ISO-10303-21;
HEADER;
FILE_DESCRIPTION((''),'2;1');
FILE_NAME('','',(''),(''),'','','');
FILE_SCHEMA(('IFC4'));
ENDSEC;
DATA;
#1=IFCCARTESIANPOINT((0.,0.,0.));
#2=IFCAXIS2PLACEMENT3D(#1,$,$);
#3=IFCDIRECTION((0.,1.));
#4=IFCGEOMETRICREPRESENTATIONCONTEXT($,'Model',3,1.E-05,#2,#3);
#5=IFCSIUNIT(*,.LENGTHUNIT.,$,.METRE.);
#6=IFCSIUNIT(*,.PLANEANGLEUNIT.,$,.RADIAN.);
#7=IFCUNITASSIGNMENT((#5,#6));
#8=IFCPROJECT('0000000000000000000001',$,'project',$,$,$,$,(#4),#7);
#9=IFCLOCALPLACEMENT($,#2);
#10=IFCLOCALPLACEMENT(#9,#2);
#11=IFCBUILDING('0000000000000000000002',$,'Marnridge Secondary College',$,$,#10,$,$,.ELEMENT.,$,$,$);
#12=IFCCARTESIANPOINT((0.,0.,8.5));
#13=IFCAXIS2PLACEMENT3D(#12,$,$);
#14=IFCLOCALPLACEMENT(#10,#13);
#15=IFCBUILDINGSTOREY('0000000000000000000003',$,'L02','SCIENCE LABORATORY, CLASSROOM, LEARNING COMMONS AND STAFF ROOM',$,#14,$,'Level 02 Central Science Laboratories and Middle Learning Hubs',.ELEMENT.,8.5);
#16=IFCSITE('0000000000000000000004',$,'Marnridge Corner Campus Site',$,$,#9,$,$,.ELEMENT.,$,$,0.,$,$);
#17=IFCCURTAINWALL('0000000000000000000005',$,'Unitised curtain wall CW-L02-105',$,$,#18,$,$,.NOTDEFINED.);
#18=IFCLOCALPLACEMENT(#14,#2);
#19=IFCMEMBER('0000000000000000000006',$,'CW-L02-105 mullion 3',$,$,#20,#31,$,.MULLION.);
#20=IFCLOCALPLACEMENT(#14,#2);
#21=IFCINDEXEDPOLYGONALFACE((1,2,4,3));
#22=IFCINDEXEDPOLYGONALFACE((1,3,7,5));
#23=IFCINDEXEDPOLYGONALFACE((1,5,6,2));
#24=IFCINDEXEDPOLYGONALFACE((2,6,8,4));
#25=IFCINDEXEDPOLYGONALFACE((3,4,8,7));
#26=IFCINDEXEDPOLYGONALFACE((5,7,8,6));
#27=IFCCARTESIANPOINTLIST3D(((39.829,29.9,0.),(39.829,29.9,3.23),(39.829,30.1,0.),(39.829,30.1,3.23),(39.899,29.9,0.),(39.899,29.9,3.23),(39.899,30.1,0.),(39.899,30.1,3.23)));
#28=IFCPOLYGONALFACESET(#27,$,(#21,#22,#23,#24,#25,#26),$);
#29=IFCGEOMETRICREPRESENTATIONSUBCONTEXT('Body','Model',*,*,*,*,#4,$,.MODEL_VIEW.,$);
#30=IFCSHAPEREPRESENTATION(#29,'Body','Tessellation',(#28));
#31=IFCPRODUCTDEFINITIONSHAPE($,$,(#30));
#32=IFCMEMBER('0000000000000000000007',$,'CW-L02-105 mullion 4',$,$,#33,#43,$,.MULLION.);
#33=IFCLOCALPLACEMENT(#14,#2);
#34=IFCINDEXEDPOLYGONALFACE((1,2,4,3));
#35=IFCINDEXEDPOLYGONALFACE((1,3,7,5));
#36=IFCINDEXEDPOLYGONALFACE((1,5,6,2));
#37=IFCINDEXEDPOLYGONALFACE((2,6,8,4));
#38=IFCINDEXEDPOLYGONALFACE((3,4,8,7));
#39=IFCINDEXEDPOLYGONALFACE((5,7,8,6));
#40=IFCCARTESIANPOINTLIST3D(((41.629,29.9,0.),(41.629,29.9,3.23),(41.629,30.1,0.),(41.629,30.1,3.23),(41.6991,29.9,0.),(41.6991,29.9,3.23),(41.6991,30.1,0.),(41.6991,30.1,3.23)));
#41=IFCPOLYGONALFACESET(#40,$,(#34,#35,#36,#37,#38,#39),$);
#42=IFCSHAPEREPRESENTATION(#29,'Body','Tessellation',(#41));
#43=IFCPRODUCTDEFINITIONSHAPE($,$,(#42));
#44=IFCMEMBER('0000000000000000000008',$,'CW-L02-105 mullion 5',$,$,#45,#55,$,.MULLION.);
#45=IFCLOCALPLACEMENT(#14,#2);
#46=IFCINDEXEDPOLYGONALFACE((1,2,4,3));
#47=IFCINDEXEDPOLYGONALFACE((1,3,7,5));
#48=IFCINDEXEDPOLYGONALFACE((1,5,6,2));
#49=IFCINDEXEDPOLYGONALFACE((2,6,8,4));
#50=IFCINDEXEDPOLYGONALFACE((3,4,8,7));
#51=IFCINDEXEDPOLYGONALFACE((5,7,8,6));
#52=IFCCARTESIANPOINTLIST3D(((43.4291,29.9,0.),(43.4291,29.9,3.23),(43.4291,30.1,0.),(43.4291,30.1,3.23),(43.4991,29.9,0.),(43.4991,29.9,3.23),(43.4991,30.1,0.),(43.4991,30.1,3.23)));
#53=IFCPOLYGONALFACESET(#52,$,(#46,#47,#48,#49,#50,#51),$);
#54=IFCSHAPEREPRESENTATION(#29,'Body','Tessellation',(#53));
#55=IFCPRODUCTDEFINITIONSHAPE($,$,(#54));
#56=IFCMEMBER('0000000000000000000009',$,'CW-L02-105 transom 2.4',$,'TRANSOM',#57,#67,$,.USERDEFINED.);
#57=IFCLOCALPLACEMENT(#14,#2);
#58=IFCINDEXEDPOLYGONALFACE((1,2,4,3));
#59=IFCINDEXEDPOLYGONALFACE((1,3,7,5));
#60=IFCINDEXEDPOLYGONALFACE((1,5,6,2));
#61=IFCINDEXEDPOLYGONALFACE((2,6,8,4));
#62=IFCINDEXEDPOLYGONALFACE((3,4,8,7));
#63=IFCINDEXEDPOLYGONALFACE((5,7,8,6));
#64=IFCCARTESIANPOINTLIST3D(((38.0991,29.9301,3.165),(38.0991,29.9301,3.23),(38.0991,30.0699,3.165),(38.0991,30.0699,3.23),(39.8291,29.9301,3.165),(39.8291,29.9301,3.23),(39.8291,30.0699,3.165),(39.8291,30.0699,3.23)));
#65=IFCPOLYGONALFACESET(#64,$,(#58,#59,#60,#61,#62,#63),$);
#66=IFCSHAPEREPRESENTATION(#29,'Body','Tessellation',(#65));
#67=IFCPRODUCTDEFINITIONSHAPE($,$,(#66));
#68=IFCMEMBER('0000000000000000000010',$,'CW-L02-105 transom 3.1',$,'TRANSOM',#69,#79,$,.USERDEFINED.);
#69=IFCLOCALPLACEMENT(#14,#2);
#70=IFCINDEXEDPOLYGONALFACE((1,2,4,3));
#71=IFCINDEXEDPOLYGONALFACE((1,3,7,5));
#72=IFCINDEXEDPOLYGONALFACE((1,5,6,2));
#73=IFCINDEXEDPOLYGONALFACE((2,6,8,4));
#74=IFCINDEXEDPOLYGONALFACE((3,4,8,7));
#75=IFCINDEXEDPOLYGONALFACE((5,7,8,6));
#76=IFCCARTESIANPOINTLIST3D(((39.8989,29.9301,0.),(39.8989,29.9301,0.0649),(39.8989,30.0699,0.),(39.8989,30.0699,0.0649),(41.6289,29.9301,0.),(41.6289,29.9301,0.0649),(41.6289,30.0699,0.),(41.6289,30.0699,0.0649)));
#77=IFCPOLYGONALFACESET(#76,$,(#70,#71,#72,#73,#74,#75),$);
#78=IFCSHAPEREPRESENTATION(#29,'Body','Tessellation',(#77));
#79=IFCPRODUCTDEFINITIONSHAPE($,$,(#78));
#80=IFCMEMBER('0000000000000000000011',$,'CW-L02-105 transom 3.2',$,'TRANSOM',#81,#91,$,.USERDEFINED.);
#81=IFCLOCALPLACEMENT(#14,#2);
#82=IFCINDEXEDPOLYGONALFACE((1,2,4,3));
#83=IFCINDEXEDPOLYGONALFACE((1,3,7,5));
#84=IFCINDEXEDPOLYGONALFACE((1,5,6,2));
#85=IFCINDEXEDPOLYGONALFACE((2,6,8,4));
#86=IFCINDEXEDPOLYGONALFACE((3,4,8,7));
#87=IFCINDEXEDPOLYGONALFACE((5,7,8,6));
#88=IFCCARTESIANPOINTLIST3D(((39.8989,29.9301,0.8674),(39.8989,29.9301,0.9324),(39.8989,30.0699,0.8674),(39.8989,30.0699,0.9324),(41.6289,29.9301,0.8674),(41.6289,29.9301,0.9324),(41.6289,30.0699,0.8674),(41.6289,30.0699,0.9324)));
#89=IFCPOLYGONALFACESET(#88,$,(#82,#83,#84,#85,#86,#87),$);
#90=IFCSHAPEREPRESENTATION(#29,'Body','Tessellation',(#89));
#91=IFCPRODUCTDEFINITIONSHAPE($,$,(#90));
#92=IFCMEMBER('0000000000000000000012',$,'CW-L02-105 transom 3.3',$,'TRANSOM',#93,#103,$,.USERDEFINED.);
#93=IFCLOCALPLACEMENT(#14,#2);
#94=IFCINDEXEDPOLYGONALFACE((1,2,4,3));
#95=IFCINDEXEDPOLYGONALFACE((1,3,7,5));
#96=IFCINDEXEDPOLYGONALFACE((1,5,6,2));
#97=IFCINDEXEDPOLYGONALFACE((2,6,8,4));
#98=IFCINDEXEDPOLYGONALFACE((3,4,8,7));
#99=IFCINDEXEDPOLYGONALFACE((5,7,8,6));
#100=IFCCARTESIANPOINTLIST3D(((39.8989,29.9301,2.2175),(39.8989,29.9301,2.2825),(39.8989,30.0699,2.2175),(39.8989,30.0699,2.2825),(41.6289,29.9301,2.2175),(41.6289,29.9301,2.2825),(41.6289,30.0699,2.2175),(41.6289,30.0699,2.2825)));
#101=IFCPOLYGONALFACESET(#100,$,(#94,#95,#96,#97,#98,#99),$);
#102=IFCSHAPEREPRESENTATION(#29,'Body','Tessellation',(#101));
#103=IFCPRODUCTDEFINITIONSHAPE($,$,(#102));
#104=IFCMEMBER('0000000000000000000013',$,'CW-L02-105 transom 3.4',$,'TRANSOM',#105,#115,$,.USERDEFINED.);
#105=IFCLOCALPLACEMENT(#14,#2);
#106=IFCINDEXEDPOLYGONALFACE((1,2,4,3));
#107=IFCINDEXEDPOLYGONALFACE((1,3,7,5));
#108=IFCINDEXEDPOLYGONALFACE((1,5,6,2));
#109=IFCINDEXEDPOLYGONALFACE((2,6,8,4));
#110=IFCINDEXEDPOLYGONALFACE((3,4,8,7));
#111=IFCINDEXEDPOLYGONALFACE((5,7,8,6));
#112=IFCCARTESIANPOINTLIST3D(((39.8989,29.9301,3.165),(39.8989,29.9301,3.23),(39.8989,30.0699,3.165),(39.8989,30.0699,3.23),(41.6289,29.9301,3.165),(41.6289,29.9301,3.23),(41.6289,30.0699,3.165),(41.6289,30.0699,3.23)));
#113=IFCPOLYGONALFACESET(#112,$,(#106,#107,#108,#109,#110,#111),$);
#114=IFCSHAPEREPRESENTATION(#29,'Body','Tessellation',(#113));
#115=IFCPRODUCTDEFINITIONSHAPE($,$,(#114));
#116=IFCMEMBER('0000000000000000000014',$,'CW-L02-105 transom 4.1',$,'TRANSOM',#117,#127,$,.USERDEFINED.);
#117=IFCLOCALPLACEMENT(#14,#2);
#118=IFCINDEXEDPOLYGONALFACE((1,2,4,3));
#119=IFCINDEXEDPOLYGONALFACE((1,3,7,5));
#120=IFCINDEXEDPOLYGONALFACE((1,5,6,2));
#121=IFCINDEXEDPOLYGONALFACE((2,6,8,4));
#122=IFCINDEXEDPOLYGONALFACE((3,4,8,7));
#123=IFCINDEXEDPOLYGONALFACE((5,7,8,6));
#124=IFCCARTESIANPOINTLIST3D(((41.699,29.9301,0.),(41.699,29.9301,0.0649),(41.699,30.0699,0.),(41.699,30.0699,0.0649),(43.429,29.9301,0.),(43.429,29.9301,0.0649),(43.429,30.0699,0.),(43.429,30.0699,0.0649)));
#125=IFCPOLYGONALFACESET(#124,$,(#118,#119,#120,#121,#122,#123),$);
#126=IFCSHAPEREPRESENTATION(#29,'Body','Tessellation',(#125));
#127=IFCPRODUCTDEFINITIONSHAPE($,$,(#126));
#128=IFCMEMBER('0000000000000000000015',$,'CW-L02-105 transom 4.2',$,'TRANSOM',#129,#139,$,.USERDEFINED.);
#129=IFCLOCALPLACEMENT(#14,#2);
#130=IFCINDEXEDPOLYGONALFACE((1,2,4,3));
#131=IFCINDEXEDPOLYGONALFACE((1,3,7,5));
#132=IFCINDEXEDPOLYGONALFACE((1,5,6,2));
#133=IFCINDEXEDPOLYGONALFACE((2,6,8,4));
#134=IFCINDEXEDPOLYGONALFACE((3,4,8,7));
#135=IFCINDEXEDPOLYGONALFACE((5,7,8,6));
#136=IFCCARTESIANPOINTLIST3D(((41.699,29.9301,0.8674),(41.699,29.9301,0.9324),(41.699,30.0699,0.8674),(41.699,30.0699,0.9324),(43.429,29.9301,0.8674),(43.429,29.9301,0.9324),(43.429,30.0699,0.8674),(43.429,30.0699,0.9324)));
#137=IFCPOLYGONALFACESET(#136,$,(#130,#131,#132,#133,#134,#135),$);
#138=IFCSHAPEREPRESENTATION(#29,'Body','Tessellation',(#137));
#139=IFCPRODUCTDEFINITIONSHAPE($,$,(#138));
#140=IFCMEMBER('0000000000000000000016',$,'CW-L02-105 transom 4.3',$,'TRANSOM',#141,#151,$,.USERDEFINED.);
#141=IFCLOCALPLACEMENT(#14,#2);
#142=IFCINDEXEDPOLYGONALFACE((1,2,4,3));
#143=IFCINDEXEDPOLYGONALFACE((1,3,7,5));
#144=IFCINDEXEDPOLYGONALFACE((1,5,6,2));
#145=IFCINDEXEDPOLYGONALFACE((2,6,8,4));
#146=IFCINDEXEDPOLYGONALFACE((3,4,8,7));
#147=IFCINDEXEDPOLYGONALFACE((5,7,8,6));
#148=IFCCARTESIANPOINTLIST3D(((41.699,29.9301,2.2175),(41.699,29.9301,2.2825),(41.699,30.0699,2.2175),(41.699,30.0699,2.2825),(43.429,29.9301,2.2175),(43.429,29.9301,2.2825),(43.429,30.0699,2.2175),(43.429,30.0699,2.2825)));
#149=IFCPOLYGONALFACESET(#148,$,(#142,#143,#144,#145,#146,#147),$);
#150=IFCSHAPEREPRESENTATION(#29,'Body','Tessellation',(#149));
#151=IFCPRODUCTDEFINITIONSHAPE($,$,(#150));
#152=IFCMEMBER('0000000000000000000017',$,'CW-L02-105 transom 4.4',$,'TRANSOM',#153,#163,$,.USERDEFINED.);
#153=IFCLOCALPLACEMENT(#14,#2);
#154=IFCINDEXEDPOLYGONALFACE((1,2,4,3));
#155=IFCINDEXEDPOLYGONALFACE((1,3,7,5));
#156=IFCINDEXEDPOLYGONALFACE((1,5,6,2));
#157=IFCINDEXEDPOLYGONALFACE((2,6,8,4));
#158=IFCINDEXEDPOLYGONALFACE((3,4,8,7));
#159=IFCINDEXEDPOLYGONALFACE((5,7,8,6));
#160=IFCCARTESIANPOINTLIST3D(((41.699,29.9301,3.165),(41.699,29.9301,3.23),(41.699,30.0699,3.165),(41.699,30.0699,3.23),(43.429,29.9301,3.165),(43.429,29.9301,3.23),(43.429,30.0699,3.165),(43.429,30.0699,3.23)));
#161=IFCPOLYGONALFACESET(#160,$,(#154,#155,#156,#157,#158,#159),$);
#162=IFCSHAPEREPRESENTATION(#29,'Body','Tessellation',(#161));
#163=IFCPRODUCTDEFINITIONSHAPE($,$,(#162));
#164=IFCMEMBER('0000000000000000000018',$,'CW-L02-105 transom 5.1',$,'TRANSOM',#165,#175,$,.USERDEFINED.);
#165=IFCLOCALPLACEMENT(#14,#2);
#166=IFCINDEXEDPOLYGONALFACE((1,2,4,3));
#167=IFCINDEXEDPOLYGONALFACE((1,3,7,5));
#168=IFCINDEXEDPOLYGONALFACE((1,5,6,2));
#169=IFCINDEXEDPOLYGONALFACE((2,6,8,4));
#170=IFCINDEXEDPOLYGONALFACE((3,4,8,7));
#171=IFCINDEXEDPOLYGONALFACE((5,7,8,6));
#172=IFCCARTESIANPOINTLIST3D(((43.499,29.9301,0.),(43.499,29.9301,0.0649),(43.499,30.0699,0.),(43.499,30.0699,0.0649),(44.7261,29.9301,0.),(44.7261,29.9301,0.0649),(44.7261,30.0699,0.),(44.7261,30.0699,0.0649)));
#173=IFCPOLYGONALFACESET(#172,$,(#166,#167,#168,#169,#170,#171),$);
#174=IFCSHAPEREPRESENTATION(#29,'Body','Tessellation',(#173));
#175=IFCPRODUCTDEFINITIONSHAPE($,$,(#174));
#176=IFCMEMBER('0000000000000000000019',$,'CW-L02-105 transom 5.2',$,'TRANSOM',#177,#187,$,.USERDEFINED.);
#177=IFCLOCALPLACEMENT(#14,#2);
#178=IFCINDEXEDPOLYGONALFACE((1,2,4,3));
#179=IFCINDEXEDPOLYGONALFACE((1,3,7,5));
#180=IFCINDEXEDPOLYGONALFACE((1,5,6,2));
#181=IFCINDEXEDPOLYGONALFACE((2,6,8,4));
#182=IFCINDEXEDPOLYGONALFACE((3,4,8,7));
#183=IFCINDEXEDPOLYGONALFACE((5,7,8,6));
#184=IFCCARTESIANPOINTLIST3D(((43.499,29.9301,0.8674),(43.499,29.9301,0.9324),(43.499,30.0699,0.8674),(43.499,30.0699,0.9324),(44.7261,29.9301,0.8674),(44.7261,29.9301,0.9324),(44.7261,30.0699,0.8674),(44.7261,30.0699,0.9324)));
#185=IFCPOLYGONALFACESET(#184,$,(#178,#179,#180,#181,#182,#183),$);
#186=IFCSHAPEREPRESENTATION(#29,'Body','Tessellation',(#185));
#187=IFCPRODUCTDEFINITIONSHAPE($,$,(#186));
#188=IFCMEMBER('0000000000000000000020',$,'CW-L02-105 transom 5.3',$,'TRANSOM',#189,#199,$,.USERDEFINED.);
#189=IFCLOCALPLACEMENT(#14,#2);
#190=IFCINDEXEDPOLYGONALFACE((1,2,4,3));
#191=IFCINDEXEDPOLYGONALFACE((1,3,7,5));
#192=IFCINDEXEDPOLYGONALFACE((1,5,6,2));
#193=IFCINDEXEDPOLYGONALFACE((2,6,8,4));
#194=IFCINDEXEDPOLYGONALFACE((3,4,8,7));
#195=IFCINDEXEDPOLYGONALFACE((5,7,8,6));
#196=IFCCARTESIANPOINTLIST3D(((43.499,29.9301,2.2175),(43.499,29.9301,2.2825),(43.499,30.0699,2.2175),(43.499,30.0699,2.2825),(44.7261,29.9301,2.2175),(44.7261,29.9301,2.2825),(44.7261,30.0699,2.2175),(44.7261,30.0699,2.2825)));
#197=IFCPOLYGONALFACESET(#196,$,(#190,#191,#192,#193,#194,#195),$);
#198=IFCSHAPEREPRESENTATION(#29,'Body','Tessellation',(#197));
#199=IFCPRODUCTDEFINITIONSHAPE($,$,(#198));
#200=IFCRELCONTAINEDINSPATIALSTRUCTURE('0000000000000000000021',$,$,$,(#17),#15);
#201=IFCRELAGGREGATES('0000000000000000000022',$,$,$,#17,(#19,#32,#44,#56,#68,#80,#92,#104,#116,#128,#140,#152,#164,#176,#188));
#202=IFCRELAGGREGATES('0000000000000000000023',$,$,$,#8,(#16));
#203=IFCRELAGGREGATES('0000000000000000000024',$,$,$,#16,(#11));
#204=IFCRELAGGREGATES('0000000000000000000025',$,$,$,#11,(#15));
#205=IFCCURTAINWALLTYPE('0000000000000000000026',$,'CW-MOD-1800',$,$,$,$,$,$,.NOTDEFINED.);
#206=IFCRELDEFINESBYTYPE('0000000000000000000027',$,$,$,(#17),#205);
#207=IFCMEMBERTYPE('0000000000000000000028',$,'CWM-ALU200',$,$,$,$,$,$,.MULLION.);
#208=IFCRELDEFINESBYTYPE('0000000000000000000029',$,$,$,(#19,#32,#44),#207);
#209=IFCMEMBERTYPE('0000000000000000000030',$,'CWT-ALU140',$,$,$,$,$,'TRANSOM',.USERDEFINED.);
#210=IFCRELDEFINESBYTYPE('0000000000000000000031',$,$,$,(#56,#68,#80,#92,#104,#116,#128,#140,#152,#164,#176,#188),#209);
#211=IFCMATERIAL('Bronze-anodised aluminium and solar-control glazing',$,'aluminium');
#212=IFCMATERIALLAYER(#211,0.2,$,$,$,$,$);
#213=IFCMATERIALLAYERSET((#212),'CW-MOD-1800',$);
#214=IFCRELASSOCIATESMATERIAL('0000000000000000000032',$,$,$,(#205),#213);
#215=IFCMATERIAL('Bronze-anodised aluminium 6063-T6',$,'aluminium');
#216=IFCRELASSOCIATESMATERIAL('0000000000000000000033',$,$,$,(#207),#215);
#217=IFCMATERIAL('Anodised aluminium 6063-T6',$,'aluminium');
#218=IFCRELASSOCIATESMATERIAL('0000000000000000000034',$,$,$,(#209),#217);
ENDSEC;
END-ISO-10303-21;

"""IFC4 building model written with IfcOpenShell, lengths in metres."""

from ifc_helpers import new_model, si_unit, direction, frame, origin, origin_2d, place, context, subcontext, project, spatial, rectangle, extrude, material, layer, layer_set, material_profile, profile_set, type_object, element, aggregate, save


model = new_model("IFC4")

# Units and contexts
model_context = context("Model", 3, precision=1e-05, world=origin(), true_north=direction((0.0, 1.0)))
body_context = subcontext(model_context, "Body", "Model", "MODEL_VIEW")
ifc_project = project(units=[si_unit("LENGTHUNIT", "METRE"), si_unit("PLANEANGLEUNIT", "RADIAN")], contexts=[model_context])

# Site, building, storey
site_placement = place(None, origin())
site = spatial("IfcSite", under=ifc_project, at=site_placement, Name="Marnridge Corner Campus Site", CompositionType="ELEMENT", RefElevation=0.0)
building_placement = place(site_placement, origin())
building = spatial("IfcBuilding", under=site, at=building_placement, Name="Marnridge Secondary College", CompositionType="ELEMENT")
storey_placement = place(building_placement, frame((0.0, 0.0, 8.5)))
storey = spatial("IfcBuildingStorey", under=building, at=storey_placement, Name="L02", Description="SCIENCE LABORATORY, CLASSROOM, LEARNING COMMONS AND STAFF ROOM", LongName="Level 02 Central Science Laboratories and Middle Learning Hubs", CompositionType="ELEMENT", Elevation=8.5)

# Curtain wall, members
ifc_material_1 = material(Name="Bronze-anodised aluminium and solar-control glazing", Category="aluminium")
ifc_layer_1 = layer(ifc_material_1, 0.2)
ifc_layer_set_1 = layer_set([ifc_layer_1], Name="CW-MOD-1800")
curtain_wall_type = type_object("IfcCurtainWallType", Name="CW-MOD-1800", PredefinedType="NOTDEFINED", material=ifc_layer_set_1)
curtain_wall_placement = place(storey_placement, origin())
curtain_wall = element("IfcCurtainWall", 1, at=curtain_wall_placement, inside=storey, type_object=curtain_wall_type, Name="Unitised curtain wall CW-L02-105", PredefinedType="NOTDEFINED")
ifc_material_2 = material(Name="Bronze-anodised aluminium 6063-T6", Category="aluminium")
ifc_material_profile_1 = material_profile(ifc_material_2, rectangle(XDim=0.0701, YDim=0.2, at=origin_2d()), Name="ALU 70x200")
ifc_profile_set_1 = profile_set([ifc_material_profile_1], Name="Bronze-anodised aluminium 6063-T6")
member_type_1 = type_object("IfcMemberType", Name="CWM-ALU200", PredefinedType="MULLION", material=ifc_profile_set_1)
member_1_placement = place(storey_placement, frame((39.864, 30.0, 0.0), z_axis=(0.0, 0.0, 1.0), x_axis=(1.0, 0.0, 0.0)))
member_1 = element("IfcMember", 2, at=member_1_placement, type_object=member_type_1, Name="CW-L02-105 mullion 3", PredefinedType="MULLION", context=body_context, shape_type="SweptSolid", body=[
    extrude(rectangle(XDim=0.0701, YDim=0.2, at=origin_2d()), origin(), (0.0, 0.0, 1.0), 3.23),
])
member_2_placement = place(storey_placement, frame((41.6641, 30.0, 0.0), z_axis=(0.0, 0.0, 1.0), x_axis=(1.0, 0.0, 0.0)))
member_2 = element("IfcMember", 3, at=member_2_placement, type_object=member_type_1, Name="CW-L02-105 mullion 4", PredefinedType="MULLION", context=body_context, shape_type="SweptSolid", body=[
    extrude(rectangle(XDim=0.0701, YDim=0.2, at=origin_2d()), origin(), (0.0, 0.0, 1.0), 3.23),
])
member_3_placement = place(storey_placement, frame((43.4641, 30.0, 0.0), z_axis=(0.0, 0.0, 1.0), x_axis=(1.0, 0.0, 0.0)))
member_3 = element("IfcMember", 4, at=member_3_placement, type_object=member_type_1, Name="CW-L02-105 mullion 5", PredefinedType="MULLION", context=body_context, shape_type="SweptSolid", body=[
    extrude(rectangle(XDim=0.0701, YDim=0.2, at=origin_2d()), origin(), (0.0, 0.0, 1.0), 3.23),
])
ifc_material_3 = material(Name="Anodised aluminium 6063-T6", Category="aluminium")
ifc_material_profile_2 = material_profile(ifc_material_3, rectangle(XDim=0.0649, YDim=0.1399, at=origin_2d()), Name="ALU 65x140")
ifc_profile_set_2 = profile_set([ifc_material_profile_2], Name="Anodised aluminium 6063-T6")
member_type_2 = type_object("IfcMemberType", Name="CWT-ALU140", ElementType="TRANSOM", PredefinedType="USERDEFINED", material=ifc_profile_set_2)
member_4_placement = place(storey_placement, frame((38.0991, 30.0, 3.1975), z_axis=(1.0, 0.0, 0.0), x_axis=(0.0, 0.0, 1.0)))
member_4 = element("IfcMember", 5, at=member_4_placement, type_object=member_type_2, Name="CW-L02-105 transom 2.4", ObjectType="TRANSOM", PredefinedType="USERDEFINED", context=body_context, shape_type="SweptSolid", body=[
    extrude(rectangle(XDim=0.0649, YDim=0.1399, at=origin_2d()), origin(), (0.0, 0.0, 1.0), 1.73),
])
member_5_placement = place(storey_placement, frame((39.8989, 30.0, 0.0325), z_axis=(1.0, 0.0, 0.0), x_axis=(0.0, 0.0, 1.0)))
member_5 = element("IfcMember", 6, at=member_5_placement, type_object=member_type_2, Name="CW-L02-105 transom 3.1", ObjectType="TRANSOM", PredefinedType="USERDEFINED", context=body_context, shape_type="SweptSolid", body=[
    extrude(rectangle(XDim=0.0649, YDim=0.1399, at=origin_2d()), origin(), (0.0, 0.0, 1.0), 1.73),
])
member_6_placement = place(storey_placement, frame((39.8989, 30.0, 0.8999), z_axis=(1.0, 0.0, 0.0), x_axis=(0.0, 0.0, 1.0)))
member_6 = element("IfcMember", 7, at=member_6_placement, type_object=member_type_2, Name="CW-L02-105 transom 3.2", ObjectType="TRANSOM", PredefinedType="USERDEFINED", context=body_context, shape_type="SweptSolid", body=[
    extrude(rectangle(XDim=0.0649, YDim=0.1399, at=origin_2d()), origin(), (0.0, 0.0, 1.0), 1.73),
])
member_7_placement = place(storey_placement, frame((39.8989, 30.0, 2.25), z_axis=(1.0, 0.0, 0.0), x_axis=(0.0, 0.0, 1.0)))
member_7 = element("IfcMember", 8, at=member_7_placement, type_object=member_type_2, Name="CW-L02-105 transom 3.3", ObjectType="TRANSOM", PredefinedType="USERDEFINED", context=body_context, shape_type="SweptSolid", body=[
    extrude(rectangle(XDim=0.0649, YDim=0.1399, at=origin_2d()), origin(), (0.0, 0.0, 1.0), 1.73),
])
member_8_placement = place(storey_placement, frame((39.8989, 30.0, 3.1975), z_axis=(1.0, 0.0, 0.0), x_axis=(0.0, 0.0, 1.0)))
member_8 = element("IfcMember", 9, at=member_8_placement, type_object=member_type_2, Name="CW-L02-105 transom 3.4", ObjectType="TRANSOM", PredefinedType="USERDEFINED", context=body_context, shape_type="SweptSolid", body=[
    extrude(rectangle(XDim=0.0649, YDim=0.1399, at=origin_2d()), origin(), (0.0, 0.0, 1.0), 1.73),
])
member_9_placement = place(storey_placement, frame((41.699, 30.0, 0.0325), z_axis=(1.0, 0.0, 0.0), x_axis=(0.0, 0.0, 1.0)))
member_9 = element("IfcMember", 10, at=member_9_placement, type_object=member_type_2, Name="CW-L02-105 transom 4.1", ObjectType="TRANSOM", PredefinedType="USERDEFINED", context=body_context, shape_type="SweptSolid", body=[
    extrude(rectangle(XDim=0.0649, YDim=0.1399, at=origin_2d()), origin(), (0.0, 0.0, 1.0), 1.73),
])
member_10_placement = place(storey_placement, frame((41.699, 30.0, 0.8999), z_axis=(1.0, 0.0, 0.0), x_axis=(0.0, 0.0, 1.0)))
member_10 = element("IfcMember", 11, at=member_10_placement, type_object=member_type_2, Name="CW-L02-105 transom 4.2", ObjectType="TRANSOM", PredefinedType="USERDEFINED", context=body_context, shape_type="SweptSolid", body=[
    extrude(rectangle(XDim=0.0649, YDim=0.1399, at=origin_2d()), origin(), (0.0, 0.0, 1.0), 1.73),
])
member_11_placement = place(storey_placement, frame((41.699, 30.0, 2.25), z_axis=(1.0, 0.0, 0.0), x_axis=(0.0, 0.0, 1.0)))
member_11 = element("IfcMember", 12, at=member_11_placement, type_object=member_type_2, Name="CW-L02-105 transom 4.3", ObjectType="TRANSOM", PredefinedType="USERDEFINED", context=body_context, shape_type="SweptSolid", body=[
    extrude(rectangle(XDim=0.0649, YDim=0.1399, at=origin_2d()), origin(), (0.0, 0.0, 1.0), 1.73),
])
member_12_placement = place(storey_placement, frame((41.699, 30.0, 3.1975), z_axis=(1.0, 0.0, 0.0), x_axis=(0.0, 0.0, 1.0)))
member_12 = element("IfcMember", 13, at=member_12_placement, type_object=member_type_2, Name="CW-L02-105 transom 4.4", ObjectType="TRANSOM", PredefinedType="USERDEFINED", context=body_context, shape_type="SweptSolid", body=[
    extrude(rectangle(XDim=0.0649, YDim=0.1399, at=origin_2d()), origin(), (0.0, 0.0, 1.0), 1.73),
])
member_13_placement = place(storey_placement, frame((43.499, 30.0, 0.0325), z_axis=(1.0, 0.0, 0.0), x_axis=(0.0, 0.0, 1.0)))
member_13 = element("IfcMember", 14, at=member_13_placement, type_object=member_type_2, Name="CW-L02-105 transom 5.1", ObjectType="TRANSOM", PredefinedType="USERDEFINED", context=body_context, shape_type="SweptSolid", body=[
    extrude(rectangle(XDim=0.0649, YDim=0.1399, at=origin_2d()), origin(), (0.0, 0.0, 1.0), 1.2271),
])
member_14_placement = place(storey_placement, frame((43.499, 30.0, 0.8999), z_axis=(1.0, 0.0, 0.0), x_axis=(0.0, 0.0, 1.0)))
member_14 = element("IfcMember", 15, at=member_14_placement, type_object=member_type_2, Name="CW-L02-105 transom 5.2", ObjectType="TRANSOM", PredefinedType="USERDEFINED", context=body_context, shape_type="SweptSolid", body=[
    extrude(rectangle(XDim=0.0649, YDim=0.1399, at=origin_2d()), origin(), (0.0, 0.0, 1.0), 1.2271),
])
member_15_placement = place(storey_placement, frame((43.499, 30.0, 2.25), z_axis=(1.0, 0.0, 0.0), x_axis=(0.0, 0.0, 1.0)))
member_15 = element("IfcMember", 16, at=member_15_placement, type_object=member_type_2, Name="CW-L02-105 transom 5.3", ObjectType="TRANSOM", PredefinedType="USERDEFINED", context=body_context, shape_type="SweptSolid", body=[
    extrude(rectangle(XDim=0.0649, YDim=0.1399, at=origin_2d()), origin(), (0.0, 0.0, 1.0), 1.2271),
])
aggregate(curtain_wall, [member_1, member_2, member_3, member_4, member_5, member_6, member_7, member_8, member_9, member_10, member_11, member_12, member_13, member_14, member_15])

save(model, "model.ifc")
